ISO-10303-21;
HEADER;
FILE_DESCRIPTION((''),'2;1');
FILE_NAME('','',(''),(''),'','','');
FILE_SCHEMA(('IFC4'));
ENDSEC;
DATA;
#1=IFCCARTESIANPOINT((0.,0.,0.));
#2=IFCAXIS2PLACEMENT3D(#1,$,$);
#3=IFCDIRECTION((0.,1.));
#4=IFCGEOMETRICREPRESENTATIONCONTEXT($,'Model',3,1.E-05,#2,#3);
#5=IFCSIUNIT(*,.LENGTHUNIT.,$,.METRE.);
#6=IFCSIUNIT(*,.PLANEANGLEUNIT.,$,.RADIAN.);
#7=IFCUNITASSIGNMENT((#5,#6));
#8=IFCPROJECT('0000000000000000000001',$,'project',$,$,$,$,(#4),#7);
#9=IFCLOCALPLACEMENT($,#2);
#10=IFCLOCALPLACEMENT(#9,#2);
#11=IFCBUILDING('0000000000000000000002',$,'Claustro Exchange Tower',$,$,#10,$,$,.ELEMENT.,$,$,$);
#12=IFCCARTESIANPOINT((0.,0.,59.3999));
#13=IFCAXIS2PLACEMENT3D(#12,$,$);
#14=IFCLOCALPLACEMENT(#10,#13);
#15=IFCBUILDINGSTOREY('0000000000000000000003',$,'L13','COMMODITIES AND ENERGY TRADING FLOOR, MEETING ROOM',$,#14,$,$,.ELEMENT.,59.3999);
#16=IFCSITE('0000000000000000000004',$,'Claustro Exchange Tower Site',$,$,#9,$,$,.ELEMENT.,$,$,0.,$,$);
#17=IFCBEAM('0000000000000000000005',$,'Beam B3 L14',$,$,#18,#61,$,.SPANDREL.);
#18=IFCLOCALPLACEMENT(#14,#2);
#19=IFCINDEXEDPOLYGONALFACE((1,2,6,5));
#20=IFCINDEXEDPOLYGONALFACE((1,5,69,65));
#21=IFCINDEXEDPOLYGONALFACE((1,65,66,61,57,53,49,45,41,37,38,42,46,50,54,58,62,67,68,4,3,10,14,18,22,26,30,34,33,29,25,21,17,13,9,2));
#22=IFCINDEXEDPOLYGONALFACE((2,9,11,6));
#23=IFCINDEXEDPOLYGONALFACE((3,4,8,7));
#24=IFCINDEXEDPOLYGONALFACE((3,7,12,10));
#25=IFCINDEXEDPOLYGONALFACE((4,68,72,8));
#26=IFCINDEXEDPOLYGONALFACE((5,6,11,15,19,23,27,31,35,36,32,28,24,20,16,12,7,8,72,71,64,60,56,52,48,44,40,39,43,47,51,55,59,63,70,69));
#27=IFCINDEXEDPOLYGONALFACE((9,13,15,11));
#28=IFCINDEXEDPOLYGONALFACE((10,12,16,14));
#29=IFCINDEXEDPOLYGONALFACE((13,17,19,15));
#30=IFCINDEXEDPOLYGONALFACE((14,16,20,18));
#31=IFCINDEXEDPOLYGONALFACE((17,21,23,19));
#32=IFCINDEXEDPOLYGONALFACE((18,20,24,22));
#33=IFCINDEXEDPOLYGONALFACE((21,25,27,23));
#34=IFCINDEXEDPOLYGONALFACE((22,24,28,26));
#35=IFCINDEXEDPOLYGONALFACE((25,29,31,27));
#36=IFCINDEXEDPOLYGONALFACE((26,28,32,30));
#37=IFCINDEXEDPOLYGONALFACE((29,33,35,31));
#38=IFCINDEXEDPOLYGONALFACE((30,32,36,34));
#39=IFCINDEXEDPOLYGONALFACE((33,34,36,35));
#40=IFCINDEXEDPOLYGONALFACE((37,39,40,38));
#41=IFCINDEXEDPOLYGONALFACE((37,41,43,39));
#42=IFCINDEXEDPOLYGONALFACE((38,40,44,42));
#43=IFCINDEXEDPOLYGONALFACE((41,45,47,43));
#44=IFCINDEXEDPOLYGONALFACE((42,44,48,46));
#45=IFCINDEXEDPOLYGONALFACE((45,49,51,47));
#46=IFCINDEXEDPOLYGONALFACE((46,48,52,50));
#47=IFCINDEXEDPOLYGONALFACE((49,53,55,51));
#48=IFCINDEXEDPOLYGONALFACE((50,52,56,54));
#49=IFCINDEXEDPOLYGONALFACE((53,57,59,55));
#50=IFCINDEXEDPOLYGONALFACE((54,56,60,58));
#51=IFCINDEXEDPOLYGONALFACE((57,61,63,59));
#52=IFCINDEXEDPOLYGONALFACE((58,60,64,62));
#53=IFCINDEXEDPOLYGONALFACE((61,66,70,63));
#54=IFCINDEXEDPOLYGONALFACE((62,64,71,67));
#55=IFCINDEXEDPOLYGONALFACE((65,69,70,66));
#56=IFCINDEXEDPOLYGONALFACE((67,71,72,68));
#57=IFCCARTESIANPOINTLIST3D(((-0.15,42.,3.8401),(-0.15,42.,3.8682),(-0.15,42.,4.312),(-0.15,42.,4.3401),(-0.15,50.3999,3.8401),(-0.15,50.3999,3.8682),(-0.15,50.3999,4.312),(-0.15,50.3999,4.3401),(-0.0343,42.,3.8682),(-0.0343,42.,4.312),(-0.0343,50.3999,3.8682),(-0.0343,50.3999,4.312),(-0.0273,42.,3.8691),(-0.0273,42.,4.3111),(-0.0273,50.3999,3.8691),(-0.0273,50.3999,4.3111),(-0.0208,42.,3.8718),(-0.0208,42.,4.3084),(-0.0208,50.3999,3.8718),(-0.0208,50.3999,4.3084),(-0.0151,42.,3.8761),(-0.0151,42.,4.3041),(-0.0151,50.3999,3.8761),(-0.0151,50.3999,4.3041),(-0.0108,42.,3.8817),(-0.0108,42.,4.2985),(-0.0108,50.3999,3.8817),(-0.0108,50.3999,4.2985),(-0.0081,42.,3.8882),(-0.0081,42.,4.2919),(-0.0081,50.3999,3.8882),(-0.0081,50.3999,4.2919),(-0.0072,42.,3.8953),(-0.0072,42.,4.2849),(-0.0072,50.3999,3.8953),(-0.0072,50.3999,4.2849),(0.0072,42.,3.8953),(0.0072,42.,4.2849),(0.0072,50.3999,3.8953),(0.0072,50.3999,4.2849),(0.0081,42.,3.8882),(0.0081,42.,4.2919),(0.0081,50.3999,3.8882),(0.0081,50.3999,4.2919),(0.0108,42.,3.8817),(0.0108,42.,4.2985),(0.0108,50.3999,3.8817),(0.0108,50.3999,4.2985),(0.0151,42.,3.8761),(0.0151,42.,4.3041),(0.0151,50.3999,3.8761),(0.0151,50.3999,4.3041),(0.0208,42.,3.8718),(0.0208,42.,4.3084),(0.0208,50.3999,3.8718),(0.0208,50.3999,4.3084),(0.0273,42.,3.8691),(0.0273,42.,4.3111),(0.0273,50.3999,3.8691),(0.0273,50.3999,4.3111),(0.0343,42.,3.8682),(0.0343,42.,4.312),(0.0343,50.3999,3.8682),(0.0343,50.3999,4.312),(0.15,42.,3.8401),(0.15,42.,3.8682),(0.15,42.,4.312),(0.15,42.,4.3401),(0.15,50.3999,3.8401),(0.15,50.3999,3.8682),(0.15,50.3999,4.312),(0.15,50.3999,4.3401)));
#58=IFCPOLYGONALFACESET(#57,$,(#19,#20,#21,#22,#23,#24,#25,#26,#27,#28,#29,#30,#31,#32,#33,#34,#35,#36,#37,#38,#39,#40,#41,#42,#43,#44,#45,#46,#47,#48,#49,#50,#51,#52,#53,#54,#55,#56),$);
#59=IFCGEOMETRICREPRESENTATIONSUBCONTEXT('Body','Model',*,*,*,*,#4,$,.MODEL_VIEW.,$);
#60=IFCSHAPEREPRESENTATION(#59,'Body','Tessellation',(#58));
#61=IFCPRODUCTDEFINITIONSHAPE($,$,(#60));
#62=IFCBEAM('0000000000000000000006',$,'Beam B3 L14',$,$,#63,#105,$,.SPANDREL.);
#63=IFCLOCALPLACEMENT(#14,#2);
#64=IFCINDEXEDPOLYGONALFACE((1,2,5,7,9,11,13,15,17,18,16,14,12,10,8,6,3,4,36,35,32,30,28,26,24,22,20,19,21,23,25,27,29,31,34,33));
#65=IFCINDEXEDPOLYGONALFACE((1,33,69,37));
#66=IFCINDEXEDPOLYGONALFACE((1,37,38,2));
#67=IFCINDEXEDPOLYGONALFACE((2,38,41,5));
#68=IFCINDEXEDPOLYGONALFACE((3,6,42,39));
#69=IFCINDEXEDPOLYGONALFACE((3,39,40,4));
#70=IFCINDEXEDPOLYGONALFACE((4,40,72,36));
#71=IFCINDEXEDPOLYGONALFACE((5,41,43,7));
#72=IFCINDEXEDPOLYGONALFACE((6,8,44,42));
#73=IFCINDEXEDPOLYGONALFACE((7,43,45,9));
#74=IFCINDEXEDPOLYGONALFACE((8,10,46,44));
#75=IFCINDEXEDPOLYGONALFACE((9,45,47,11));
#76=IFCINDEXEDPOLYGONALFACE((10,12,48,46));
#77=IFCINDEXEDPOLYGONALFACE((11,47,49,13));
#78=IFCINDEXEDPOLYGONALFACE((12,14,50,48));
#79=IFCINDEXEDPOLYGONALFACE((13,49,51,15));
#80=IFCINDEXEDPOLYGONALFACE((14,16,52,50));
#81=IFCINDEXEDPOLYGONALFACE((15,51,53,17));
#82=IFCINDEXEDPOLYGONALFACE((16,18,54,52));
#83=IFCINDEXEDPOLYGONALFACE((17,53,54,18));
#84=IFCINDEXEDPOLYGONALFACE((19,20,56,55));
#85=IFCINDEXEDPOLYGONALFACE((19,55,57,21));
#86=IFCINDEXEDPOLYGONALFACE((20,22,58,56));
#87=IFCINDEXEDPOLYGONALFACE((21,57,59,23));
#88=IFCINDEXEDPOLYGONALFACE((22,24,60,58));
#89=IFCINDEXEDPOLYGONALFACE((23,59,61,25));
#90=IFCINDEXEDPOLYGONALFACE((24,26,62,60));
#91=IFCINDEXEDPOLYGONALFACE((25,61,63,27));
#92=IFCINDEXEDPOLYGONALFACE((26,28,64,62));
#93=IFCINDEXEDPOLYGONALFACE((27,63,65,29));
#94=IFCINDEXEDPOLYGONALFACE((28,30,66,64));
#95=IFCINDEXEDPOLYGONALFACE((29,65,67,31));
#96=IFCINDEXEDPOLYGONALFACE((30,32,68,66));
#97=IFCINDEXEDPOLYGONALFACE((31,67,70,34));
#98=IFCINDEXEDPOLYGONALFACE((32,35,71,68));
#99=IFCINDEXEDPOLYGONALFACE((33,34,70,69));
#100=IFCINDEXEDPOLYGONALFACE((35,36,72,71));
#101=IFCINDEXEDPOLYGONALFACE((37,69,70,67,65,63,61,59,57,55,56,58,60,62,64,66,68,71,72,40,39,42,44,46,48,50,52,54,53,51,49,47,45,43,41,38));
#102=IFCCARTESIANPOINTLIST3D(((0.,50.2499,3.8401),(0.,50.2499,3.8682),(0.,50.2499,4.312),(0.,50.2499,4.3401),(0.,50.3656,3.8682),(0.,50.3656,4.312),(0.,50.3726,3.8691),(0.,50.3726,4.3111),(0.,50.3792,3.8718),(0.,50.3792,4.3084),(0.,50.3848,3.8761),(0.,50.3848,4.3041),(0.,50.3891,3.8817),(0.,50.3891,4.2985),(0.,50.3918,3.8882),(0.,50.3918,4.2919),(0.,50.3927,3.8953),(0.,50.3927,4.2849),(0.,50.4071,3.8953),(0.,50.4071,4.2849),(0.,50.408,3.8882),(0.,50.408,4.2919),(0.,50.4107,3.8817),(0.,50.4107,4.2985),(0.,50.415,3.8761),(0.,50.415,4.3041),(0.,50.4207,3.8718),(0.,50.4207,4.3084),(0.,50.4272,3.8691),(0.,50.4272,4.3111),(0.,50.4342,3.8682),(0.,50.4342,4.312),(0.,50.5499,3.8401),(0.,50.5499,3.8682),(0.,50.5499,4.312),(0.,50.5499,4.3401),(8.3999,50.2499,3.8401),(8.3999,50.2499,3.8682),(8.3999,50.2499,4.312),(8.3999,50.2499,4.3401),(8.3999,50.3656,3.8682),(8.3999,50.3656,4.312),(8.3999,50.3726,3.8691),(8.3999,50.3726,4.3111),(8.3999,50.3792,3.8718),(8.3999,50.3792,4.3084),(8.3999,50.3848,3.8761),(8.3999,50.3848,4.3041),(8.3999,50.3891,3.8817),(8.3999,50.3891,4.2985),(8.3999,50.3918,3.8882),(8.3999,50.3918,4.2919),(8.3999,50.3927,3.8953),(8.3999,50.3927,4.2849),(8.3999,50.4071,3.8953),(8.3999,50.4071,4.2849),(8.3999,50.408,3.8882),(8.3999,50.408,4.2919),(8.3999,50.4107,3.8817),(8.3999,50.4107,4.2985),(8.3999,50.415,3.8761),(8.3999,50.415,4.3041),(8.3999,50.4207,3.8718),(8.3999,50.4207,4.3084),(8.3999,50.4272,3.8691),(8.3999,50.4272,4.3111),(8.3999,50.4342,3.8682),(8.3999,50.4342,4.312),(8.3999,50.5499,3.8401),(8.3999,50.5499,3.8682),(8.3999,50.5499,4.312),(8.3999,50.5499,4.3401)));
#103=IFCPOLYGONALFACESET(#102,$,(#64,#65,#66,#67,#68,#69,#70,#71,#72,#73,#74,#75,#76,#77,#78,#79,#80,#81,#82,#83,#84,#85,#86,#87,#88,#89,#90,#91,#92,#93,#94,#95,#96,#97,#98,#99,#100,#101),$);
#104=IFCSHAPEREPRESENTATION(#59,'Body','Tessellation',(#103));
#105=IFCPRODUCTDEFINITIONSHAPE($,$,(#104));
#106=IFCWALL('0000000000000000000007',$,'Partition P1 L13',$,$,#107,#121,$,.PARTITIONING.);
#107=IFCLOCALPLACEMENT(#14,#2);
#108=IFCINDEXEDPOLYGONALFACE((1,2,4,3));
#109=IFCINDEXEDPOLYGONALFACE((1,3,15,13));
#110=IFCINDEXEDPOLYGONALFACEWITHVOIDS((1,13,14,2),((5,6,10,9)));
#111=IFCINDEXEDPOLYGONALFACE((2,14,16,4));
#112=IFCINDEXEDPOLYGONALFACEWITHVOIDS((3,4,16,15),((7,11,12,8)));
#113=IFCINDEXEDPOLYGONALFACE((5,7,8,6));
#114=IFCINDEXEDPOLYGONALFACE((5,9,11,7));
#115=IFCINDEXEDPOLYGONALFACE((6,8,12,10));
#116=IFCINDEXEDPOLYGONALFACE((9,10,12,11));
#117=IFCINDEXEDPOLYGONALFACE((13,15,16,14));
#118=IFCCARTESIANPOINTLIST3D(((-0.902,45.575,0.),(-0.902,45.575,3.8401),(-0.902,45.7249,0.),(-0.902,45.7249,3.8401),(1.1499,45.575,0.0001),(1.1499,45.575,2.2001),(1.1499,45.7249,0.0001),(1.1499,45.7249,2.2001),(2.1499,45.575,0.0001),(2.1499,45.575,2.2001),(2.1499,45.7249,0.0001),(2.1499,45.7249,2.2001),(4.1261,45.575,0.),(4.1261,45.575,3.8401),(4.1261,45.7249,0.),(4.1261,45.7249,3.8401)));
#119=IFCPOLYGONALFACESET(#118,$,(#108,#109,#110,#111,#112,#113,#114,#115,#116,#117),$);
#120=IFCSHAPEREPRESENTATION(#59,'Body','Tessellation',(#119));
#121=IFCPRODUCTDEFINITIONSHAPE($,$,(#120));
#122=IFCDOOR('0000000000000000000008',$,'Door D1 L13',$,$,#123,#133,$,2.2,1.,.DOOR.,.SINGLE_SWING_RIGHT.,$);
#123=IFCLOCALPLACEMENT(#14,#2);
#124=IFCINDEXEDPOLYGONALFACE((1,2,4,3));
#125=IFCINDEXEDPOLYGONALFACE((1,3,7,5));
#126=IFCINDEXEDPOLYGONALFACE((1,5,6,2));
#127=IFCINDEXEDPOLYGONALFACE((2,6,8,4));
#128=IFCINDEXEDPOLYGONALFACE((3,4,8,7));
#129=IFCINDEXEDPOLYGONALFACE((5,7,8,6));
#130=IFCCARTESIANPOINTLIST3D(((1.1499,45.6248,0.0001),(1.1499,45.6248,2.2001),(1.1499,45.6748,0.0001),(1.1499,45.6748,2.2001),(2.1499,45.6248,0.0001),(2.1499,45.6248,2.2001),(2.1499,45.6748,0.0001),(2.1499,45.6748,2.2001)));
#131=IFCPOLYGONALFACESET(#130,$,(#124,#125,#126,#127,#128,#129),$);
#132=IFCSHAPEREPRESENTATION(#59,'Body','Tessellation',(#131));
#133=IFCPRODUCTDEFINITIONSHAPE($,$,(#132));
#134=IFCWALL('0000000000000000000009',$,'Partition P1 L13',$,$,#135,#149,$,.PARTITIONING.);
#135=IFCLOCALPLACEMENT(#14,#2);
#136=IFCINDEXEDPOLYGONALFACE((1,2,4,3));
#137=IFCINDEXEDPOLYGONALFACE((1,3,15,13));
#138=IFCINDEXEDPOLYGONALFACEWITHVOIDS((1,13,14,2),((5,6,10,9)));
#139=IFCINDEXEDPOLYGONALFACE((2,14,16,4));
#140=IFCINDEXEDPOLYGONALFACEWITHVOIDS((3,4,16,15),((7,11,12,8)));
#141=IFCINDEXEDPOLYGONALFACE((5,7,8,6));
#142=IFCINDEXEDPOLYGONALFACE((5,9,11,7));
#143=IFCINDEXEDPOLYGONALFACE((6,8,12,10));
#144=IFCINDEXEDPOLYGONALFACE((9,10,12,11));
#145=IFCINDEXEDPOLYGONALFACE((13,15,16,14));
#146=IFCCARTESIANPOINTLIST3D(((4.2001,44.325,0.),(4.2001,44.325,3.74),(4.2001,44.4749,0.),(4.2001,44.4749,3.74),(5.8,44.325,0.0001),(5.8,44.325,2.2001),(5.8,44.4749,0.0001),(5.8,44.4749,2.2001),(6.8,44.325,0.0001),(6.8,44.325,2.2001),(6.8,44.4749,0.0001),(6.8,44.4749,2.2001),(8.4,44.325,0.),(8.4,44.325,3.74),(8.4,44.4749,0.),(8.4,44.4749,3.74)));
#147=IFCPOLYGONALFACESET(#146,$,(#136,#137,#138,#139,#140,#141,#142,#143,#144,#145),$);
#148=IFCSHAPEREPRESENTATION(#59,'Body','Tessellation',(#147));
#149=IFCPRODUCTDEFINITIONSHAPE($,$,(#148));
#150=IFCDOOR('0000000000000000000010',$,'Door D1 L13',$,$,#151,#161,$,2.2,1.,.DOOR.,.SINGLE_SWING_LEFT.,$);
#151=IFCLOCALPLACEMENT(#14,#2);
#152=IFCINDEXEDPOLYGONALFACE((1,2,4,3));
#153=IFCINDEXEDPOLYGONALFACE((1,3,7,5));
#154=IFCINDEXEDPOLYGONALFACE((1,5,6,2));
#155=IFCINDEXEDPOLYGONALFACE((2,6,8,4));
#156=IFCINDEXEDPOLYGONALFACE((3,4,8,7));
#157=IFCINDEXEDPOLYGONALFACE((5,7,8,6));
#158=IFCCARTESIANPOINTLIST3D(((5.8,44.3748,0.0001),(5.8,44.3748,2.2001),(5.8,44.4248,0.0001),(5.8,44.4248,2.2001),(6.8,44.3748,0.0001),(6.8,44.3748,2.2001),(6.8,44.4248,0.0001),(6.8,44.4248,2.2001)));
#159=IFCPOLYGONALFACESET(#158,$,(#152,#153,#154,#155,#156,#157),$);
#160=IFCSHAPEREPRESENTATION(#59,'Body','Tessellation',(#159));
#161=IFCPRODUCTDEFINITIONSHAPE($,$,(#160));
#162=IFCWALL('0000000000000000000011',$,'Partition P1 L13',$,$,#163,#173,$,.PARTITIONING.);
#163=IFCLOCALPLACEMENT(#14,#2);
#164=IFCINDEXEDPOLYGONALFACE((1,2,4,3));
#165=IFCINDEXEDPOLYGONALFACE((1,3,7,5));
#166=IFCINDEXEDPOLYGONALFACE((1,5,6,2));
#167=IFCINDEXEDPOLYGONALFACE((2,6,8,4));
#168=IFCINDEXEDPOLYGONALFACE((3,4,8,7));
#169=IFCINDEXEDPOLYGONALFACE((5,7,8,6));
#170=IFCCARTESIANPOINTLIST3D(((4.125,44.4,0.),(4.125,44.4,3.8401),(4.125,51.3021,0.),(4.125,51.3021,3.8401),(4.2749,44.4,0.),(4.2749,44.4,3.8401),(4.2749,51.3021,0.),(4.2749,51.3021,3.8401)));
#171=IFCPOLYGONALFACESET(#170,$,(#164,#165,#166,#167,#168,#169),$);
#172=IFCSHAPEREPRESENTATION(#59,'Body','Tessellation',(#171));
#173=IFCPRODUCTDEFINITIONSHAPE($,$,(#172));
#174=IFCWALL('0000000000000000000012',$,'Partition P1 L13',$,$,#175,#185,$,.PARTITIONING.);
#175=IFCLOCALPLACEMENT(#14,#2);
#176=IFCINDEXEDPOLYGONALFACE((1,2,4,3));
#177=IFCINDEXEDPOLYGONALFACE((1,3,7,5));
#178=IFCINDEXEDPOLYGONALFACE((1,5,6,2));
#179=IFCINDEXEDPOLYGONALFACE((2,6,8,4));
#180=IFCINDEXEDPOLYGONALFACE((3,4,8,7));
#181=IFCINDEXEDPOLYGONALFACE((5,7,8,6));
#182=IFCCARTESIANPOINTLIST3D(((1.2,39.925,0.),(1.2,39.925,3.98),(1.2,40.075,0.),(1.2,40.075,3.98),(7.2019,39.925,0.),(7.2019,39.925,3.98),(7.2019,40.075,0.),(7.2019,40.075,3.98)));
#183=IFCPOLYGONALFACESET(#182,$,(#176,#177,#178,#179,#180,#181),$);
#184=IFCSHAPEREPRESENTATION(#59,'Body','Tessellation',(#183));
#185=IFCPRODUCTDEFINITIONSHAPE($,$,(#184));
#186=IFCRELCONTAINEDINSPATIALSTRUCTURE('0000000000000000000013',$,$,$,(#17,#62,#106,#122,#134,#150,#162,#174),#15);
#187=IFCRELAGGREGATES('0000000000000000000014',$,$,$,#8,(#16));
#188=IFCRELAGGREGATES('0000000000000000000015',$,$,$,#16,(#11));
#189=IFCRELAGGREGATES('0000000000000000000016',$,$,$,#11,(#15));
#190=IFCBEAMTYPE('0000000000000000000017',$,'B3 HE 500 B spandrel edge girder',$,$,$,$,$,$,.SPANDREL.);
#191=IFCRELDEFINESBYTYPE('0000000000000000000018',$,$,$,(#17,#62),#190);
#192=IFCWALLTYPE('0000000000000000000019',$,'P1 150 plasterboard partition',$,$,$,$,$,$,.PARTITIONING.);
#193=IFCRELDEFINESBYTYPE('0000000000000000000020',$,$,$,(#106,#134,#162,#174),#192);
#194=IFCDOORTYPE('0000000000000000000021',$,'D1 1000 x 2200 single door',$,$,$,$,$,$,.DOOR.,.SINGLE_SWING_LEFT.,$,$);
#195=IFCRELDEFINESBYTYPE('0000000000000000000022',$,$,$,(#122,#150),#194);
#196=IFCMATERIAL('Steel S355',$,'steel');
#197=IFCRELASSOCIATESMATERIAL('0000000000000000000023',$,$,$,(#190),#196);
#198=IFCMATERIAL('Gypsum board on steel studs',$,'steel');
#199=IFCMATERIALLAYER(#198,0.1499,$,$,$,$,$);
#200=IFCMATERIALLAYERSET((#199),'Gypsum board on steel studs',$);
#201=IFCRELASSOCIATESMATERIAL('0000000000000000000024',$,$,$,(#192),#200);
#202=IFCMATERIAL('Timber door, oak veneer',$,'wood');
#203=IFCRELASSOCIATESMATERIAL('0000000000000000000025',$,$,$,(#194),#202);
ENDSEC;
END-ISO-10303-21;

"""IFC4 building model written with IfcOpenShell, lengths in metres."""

from ifc_helpers import new_model, si_unit, direction, frame, frame_2d, origin, origin_2d, place, context, subcontext, project, spatial, rectangle, i_section, extrude, material, layer, layer_set, material_profile, profile_set, type_object, element, fill, save


model = new_model("IFC4")

# Units and contexts
model_context = context("Model", 3, precision=1e-05, world=origin(), true_north=direction((0.0, 1.0)))
body_context = subcontext(model_context, "Body", "Model", "MODEL_VIEW")
ifc_project = project(units=[si_unit("LENGTHUNIT", "METRE"), si_unit("PLANEANGLEUNIT", "RADIAN")], contexts=[model_context])

# Site, building, storey
site_placement = place(None, origin())
site = spatial("IfcSite", under=ifc_project, at=site_placement, Name="Claustro Exchange Tower Site", CompositionType="ELEMENT", RefElevation=0.0)
building_placement = place(site_placement, origin())
building = spatial("IfcBuilding", under=site, at=building_placement, Name="Claustro Exchange Tower", CompositionType="ELEMENT")
storey_placement = place(building_placement, frame((0.0, 0.0, 59.3999)))
storey = spatial("IfcBuildingStorey", under=building, at=storey_placement, Name="L13", Description="COMMODITIES AND ENERGY TRADING FLOOR, MEETING ROOM", CompositionType="ELEMENT", Elevation=59.3999)

# Beams
ifc_material_1 = material(Name="Steel S355", Category="steel")
ifc_material_profile_1 = material_profile(ifc_material_1, i_section(OverallWidth=0.3, OverallDepth=0.5, WebThickness=0.0144, FlangeThickness=0.0281, FilletRadius=0.0271, at=origin_2d()), Name="HE 500 B")
ifc_profile_set_1 = profile_set([ifc_material_profile_1], Name="Steel S355")
beam_type_1 = type_object("IfcBeamType", Name="B3 HE 500 B spandrel edge girder", PredefinedType="SPANDREL", material=ifc_profile_set_1)
for number, where, z_axis, x_axis, name in (
    (1, (0.0, 42.0, 4.0901), (0.0, 1.0, 0.0), (-1.0, 0.0, 0.0), "Beam B3 L14"),
    (2, (0.0, 50.3999, 4.0901), (1.0, 0.0, 0.0), (0.0, 1.0, 0.0), "Beam B3 L14"),
):
    element("IfcBeam", number, at=place(storey_placement, frame(where, z_axis=z_axis, x_axis=x_axis)), inside=storey, type_object=beam_type_1, Name=name, PredefinedType="SPANDREL", context=body_context, shape_type="SweptSolid", body=[
        extrude(i_section(OverallWidth=0.3, OverallDepth=0.5, WebThickness=0.0144, FlangeThickness=0.0281, FilletRadius=0.0271, at=origin_2d()), origin(), (0.0, 0.0, 1.0), 8.3999),
    ])

# Walls, openings, doors
ifc_material_2 = material(Name="Gypsum board on steel studs", Category="steel")
ifc_layer_1 = layer(ifc_material_2, 0.1499)
ifc_layer_set_1 = layer_set([ifc_layer_1], Name="Gypsum board on steel studs")
wall_type_1 = type_object("IfcWallType", Name="P1 150 plasterboard partition", PredefinedType="PARTITIONING", material=ifc_layer_set_1)
wall_1_placement = place(storey_placement, frame((-0.9021, 45.6499, 0.0), z_axis=(0.0, 0.0, 1.0), x_axis=(1.0, 0.0, 0.0)))
wall_1 = element("IfcWall", 3, at=wall_1_placement, inside=storey, type_object=wall_type_1, Name="Partition P1 L13", PredefinedType="PARTITIONING", context=body_context, shape_type="SweptSolid", body=[
    extrude(rectangle(XDim=5.0281, YDim=0.1499, at=frame_2d((2.5142, 0.0))), origin(), (0.0, 0.0, 1.0), 3.8401),
])
opening_1_placement = place(wall_1_placement, frame((2.052, 0.0, 0.0)))
opening_1 = element("IfcOpeningElement", 4, at=opening_1_placement, cuts=wall_1, PredefinedType="OPENING", context=body_context, shape_type="SweptSolid", body=[
    extrude(rectangle(XDim=1.0, YDim=2.2, at=frame_2d((0.5, 1.1001))), frame((0.0, 0.085, 0.0), z_axis=(0.0, -1.0, 0.0), x_axis=(1.0, 0.0, 0.0)), (0.0, 0.0, 1.0), 0.1699),
])
ifc_material_3 = material(Name="Timber door, oak veneer", Category="wood")
door_type = type_object("IfcDoorType", Name="D1 1000 x 2200 single door", OperationType="SINGLE_SWING_LEFT", PredefinedType="DOOR", material=ifc_material_3)
door_1_placement = place(opening_1_placement, origin())
door_1 = element("IfcDoor", 5, at=door_1_placement, inside=storey, type_object=door_type, Name="Door D1 L13", OperationType="SINGLE_SWING_RIGHT", OverallHeight=2.2, OverallWidth=1.0, PredefinedType="DOOR", context=body_context, shape_type="SweptSolid", body=[
    extrude(rectangle(XDim=1.0, YDim=2.2, at=frame_2d((0.5, 1.1001))), frame((0.0, 0.0249, 0.0), z_axis=(0.0, -1.0, 0.0), x_axis=(1.0, 0.0, 0.0)), (0.0, 0.0, 1.0), 0.05),
])
fill(opening_1, door_1)
wall_2_placement = place(storey_placement, frame((4.2, 44.3999, 0.0), z_axis=(0.0, 0.0, 1.0), x_axis=(1.0, 0.0, 0.0)))
wall_2 = element("IfcWall", 6, at=wall_2_placement, inside=storey, type_object=wall_type_1, Name="Partition P1 L13", PredefinedType="PARTITIONING", context=body_context, shape_type="SweptSolid", body=[
    extrude(rectangle(XDim=4.2, YDim=0.1499, at=frame_2d((2.1001, 0.0))), origin(), (0.0, 0.0, 1.0), 3.74),
])
opening_2_placement = place(wall_2_placement, frame((1.6001, 0.0, 0.0)))
opening_2 = element("IfcOpeningElement", 7, at=opening_2_placement, cuts=wall_2, PredefinedType="OPENING", context=body_context, shape_type="SweptSolid", body=[
    extrude(rectangle(XDim=1.0, YDim=2.2, at=frame_2d((0.5, 1.1001))), frame((0.0, 0.085, 0.0), z_axis=(0.0, -1.0, 0.0), x_axis=(1.0, 0.0, 0.0)), (0.0, 0.0, 1.0), 0.1699),
])
door_2_placement = place(opening_2_placement, origin())
door_2 = element("IfcDoor", 8, at=door_2_placement, inside=storey, type_object=door_type, Name="Door D1 L13", OperationType="SINGLE_SWING_LEFT", OverallHeight=2.2, OverallWidth=1.0, PredefinedType="DOOR", context=body_context, shape_type="SweptSolid", body=[
    extrude(rectangle(XDim=1.0, YDim=2.2, at=frame_2d((0.5, 1.1001))), frame((0.0, 0.0249, 0.0), z_axis=(0.0, -1.0, 0.0), x_axis=(1.0, 0.0, 0.0)), (0.0, 0.0, 1.0), 0.05),
])
fill(opening_2, door_2)

# Walls
wall_3_placement = place(storey_placement, frame((4.2, 44.3999, 0.0), z_axis=(0.0, 0.0, 1.0), x_axis=(0.0, 1.0, 0.0)))
element("IfcWall", 9, at=wall_3_placement, inside=storey, type_object=wall_type_1, Name="Partition P1 L13", PredefinedType="PARTITIONING", context=body_context, shape_type="SweptSolid", body=[
    extrude(rectangle(XDim=6.9021, YDim=0.1499, at=frame_2d((3.4512, 0.0))), origin(), (0.0, 0.0, 1.0), 3.8401),
])
wall_4_placement = place(storey_placement, frame((1.2, 40.0, 0.0), z_axis=(0.0, 0.0, 1.0), x_axis=(1.0, 0.0, 0.0)))
element("IfcWall", 10, at=wall_4_placement, inside=storey, type_object=wall_type_1, Name="Partition P1 L13", PredefinedType="PARTITIONING", context=body_context, shape_type="SweptSolid", body=[
    extrude(rectangle(XDim=6.002, YDim=0.1499, at=frame_2d((3.001, 0.0))), origin(), (0.0, 0.0, 1.0), 3.98),
])

save(model, "model.ifc")
